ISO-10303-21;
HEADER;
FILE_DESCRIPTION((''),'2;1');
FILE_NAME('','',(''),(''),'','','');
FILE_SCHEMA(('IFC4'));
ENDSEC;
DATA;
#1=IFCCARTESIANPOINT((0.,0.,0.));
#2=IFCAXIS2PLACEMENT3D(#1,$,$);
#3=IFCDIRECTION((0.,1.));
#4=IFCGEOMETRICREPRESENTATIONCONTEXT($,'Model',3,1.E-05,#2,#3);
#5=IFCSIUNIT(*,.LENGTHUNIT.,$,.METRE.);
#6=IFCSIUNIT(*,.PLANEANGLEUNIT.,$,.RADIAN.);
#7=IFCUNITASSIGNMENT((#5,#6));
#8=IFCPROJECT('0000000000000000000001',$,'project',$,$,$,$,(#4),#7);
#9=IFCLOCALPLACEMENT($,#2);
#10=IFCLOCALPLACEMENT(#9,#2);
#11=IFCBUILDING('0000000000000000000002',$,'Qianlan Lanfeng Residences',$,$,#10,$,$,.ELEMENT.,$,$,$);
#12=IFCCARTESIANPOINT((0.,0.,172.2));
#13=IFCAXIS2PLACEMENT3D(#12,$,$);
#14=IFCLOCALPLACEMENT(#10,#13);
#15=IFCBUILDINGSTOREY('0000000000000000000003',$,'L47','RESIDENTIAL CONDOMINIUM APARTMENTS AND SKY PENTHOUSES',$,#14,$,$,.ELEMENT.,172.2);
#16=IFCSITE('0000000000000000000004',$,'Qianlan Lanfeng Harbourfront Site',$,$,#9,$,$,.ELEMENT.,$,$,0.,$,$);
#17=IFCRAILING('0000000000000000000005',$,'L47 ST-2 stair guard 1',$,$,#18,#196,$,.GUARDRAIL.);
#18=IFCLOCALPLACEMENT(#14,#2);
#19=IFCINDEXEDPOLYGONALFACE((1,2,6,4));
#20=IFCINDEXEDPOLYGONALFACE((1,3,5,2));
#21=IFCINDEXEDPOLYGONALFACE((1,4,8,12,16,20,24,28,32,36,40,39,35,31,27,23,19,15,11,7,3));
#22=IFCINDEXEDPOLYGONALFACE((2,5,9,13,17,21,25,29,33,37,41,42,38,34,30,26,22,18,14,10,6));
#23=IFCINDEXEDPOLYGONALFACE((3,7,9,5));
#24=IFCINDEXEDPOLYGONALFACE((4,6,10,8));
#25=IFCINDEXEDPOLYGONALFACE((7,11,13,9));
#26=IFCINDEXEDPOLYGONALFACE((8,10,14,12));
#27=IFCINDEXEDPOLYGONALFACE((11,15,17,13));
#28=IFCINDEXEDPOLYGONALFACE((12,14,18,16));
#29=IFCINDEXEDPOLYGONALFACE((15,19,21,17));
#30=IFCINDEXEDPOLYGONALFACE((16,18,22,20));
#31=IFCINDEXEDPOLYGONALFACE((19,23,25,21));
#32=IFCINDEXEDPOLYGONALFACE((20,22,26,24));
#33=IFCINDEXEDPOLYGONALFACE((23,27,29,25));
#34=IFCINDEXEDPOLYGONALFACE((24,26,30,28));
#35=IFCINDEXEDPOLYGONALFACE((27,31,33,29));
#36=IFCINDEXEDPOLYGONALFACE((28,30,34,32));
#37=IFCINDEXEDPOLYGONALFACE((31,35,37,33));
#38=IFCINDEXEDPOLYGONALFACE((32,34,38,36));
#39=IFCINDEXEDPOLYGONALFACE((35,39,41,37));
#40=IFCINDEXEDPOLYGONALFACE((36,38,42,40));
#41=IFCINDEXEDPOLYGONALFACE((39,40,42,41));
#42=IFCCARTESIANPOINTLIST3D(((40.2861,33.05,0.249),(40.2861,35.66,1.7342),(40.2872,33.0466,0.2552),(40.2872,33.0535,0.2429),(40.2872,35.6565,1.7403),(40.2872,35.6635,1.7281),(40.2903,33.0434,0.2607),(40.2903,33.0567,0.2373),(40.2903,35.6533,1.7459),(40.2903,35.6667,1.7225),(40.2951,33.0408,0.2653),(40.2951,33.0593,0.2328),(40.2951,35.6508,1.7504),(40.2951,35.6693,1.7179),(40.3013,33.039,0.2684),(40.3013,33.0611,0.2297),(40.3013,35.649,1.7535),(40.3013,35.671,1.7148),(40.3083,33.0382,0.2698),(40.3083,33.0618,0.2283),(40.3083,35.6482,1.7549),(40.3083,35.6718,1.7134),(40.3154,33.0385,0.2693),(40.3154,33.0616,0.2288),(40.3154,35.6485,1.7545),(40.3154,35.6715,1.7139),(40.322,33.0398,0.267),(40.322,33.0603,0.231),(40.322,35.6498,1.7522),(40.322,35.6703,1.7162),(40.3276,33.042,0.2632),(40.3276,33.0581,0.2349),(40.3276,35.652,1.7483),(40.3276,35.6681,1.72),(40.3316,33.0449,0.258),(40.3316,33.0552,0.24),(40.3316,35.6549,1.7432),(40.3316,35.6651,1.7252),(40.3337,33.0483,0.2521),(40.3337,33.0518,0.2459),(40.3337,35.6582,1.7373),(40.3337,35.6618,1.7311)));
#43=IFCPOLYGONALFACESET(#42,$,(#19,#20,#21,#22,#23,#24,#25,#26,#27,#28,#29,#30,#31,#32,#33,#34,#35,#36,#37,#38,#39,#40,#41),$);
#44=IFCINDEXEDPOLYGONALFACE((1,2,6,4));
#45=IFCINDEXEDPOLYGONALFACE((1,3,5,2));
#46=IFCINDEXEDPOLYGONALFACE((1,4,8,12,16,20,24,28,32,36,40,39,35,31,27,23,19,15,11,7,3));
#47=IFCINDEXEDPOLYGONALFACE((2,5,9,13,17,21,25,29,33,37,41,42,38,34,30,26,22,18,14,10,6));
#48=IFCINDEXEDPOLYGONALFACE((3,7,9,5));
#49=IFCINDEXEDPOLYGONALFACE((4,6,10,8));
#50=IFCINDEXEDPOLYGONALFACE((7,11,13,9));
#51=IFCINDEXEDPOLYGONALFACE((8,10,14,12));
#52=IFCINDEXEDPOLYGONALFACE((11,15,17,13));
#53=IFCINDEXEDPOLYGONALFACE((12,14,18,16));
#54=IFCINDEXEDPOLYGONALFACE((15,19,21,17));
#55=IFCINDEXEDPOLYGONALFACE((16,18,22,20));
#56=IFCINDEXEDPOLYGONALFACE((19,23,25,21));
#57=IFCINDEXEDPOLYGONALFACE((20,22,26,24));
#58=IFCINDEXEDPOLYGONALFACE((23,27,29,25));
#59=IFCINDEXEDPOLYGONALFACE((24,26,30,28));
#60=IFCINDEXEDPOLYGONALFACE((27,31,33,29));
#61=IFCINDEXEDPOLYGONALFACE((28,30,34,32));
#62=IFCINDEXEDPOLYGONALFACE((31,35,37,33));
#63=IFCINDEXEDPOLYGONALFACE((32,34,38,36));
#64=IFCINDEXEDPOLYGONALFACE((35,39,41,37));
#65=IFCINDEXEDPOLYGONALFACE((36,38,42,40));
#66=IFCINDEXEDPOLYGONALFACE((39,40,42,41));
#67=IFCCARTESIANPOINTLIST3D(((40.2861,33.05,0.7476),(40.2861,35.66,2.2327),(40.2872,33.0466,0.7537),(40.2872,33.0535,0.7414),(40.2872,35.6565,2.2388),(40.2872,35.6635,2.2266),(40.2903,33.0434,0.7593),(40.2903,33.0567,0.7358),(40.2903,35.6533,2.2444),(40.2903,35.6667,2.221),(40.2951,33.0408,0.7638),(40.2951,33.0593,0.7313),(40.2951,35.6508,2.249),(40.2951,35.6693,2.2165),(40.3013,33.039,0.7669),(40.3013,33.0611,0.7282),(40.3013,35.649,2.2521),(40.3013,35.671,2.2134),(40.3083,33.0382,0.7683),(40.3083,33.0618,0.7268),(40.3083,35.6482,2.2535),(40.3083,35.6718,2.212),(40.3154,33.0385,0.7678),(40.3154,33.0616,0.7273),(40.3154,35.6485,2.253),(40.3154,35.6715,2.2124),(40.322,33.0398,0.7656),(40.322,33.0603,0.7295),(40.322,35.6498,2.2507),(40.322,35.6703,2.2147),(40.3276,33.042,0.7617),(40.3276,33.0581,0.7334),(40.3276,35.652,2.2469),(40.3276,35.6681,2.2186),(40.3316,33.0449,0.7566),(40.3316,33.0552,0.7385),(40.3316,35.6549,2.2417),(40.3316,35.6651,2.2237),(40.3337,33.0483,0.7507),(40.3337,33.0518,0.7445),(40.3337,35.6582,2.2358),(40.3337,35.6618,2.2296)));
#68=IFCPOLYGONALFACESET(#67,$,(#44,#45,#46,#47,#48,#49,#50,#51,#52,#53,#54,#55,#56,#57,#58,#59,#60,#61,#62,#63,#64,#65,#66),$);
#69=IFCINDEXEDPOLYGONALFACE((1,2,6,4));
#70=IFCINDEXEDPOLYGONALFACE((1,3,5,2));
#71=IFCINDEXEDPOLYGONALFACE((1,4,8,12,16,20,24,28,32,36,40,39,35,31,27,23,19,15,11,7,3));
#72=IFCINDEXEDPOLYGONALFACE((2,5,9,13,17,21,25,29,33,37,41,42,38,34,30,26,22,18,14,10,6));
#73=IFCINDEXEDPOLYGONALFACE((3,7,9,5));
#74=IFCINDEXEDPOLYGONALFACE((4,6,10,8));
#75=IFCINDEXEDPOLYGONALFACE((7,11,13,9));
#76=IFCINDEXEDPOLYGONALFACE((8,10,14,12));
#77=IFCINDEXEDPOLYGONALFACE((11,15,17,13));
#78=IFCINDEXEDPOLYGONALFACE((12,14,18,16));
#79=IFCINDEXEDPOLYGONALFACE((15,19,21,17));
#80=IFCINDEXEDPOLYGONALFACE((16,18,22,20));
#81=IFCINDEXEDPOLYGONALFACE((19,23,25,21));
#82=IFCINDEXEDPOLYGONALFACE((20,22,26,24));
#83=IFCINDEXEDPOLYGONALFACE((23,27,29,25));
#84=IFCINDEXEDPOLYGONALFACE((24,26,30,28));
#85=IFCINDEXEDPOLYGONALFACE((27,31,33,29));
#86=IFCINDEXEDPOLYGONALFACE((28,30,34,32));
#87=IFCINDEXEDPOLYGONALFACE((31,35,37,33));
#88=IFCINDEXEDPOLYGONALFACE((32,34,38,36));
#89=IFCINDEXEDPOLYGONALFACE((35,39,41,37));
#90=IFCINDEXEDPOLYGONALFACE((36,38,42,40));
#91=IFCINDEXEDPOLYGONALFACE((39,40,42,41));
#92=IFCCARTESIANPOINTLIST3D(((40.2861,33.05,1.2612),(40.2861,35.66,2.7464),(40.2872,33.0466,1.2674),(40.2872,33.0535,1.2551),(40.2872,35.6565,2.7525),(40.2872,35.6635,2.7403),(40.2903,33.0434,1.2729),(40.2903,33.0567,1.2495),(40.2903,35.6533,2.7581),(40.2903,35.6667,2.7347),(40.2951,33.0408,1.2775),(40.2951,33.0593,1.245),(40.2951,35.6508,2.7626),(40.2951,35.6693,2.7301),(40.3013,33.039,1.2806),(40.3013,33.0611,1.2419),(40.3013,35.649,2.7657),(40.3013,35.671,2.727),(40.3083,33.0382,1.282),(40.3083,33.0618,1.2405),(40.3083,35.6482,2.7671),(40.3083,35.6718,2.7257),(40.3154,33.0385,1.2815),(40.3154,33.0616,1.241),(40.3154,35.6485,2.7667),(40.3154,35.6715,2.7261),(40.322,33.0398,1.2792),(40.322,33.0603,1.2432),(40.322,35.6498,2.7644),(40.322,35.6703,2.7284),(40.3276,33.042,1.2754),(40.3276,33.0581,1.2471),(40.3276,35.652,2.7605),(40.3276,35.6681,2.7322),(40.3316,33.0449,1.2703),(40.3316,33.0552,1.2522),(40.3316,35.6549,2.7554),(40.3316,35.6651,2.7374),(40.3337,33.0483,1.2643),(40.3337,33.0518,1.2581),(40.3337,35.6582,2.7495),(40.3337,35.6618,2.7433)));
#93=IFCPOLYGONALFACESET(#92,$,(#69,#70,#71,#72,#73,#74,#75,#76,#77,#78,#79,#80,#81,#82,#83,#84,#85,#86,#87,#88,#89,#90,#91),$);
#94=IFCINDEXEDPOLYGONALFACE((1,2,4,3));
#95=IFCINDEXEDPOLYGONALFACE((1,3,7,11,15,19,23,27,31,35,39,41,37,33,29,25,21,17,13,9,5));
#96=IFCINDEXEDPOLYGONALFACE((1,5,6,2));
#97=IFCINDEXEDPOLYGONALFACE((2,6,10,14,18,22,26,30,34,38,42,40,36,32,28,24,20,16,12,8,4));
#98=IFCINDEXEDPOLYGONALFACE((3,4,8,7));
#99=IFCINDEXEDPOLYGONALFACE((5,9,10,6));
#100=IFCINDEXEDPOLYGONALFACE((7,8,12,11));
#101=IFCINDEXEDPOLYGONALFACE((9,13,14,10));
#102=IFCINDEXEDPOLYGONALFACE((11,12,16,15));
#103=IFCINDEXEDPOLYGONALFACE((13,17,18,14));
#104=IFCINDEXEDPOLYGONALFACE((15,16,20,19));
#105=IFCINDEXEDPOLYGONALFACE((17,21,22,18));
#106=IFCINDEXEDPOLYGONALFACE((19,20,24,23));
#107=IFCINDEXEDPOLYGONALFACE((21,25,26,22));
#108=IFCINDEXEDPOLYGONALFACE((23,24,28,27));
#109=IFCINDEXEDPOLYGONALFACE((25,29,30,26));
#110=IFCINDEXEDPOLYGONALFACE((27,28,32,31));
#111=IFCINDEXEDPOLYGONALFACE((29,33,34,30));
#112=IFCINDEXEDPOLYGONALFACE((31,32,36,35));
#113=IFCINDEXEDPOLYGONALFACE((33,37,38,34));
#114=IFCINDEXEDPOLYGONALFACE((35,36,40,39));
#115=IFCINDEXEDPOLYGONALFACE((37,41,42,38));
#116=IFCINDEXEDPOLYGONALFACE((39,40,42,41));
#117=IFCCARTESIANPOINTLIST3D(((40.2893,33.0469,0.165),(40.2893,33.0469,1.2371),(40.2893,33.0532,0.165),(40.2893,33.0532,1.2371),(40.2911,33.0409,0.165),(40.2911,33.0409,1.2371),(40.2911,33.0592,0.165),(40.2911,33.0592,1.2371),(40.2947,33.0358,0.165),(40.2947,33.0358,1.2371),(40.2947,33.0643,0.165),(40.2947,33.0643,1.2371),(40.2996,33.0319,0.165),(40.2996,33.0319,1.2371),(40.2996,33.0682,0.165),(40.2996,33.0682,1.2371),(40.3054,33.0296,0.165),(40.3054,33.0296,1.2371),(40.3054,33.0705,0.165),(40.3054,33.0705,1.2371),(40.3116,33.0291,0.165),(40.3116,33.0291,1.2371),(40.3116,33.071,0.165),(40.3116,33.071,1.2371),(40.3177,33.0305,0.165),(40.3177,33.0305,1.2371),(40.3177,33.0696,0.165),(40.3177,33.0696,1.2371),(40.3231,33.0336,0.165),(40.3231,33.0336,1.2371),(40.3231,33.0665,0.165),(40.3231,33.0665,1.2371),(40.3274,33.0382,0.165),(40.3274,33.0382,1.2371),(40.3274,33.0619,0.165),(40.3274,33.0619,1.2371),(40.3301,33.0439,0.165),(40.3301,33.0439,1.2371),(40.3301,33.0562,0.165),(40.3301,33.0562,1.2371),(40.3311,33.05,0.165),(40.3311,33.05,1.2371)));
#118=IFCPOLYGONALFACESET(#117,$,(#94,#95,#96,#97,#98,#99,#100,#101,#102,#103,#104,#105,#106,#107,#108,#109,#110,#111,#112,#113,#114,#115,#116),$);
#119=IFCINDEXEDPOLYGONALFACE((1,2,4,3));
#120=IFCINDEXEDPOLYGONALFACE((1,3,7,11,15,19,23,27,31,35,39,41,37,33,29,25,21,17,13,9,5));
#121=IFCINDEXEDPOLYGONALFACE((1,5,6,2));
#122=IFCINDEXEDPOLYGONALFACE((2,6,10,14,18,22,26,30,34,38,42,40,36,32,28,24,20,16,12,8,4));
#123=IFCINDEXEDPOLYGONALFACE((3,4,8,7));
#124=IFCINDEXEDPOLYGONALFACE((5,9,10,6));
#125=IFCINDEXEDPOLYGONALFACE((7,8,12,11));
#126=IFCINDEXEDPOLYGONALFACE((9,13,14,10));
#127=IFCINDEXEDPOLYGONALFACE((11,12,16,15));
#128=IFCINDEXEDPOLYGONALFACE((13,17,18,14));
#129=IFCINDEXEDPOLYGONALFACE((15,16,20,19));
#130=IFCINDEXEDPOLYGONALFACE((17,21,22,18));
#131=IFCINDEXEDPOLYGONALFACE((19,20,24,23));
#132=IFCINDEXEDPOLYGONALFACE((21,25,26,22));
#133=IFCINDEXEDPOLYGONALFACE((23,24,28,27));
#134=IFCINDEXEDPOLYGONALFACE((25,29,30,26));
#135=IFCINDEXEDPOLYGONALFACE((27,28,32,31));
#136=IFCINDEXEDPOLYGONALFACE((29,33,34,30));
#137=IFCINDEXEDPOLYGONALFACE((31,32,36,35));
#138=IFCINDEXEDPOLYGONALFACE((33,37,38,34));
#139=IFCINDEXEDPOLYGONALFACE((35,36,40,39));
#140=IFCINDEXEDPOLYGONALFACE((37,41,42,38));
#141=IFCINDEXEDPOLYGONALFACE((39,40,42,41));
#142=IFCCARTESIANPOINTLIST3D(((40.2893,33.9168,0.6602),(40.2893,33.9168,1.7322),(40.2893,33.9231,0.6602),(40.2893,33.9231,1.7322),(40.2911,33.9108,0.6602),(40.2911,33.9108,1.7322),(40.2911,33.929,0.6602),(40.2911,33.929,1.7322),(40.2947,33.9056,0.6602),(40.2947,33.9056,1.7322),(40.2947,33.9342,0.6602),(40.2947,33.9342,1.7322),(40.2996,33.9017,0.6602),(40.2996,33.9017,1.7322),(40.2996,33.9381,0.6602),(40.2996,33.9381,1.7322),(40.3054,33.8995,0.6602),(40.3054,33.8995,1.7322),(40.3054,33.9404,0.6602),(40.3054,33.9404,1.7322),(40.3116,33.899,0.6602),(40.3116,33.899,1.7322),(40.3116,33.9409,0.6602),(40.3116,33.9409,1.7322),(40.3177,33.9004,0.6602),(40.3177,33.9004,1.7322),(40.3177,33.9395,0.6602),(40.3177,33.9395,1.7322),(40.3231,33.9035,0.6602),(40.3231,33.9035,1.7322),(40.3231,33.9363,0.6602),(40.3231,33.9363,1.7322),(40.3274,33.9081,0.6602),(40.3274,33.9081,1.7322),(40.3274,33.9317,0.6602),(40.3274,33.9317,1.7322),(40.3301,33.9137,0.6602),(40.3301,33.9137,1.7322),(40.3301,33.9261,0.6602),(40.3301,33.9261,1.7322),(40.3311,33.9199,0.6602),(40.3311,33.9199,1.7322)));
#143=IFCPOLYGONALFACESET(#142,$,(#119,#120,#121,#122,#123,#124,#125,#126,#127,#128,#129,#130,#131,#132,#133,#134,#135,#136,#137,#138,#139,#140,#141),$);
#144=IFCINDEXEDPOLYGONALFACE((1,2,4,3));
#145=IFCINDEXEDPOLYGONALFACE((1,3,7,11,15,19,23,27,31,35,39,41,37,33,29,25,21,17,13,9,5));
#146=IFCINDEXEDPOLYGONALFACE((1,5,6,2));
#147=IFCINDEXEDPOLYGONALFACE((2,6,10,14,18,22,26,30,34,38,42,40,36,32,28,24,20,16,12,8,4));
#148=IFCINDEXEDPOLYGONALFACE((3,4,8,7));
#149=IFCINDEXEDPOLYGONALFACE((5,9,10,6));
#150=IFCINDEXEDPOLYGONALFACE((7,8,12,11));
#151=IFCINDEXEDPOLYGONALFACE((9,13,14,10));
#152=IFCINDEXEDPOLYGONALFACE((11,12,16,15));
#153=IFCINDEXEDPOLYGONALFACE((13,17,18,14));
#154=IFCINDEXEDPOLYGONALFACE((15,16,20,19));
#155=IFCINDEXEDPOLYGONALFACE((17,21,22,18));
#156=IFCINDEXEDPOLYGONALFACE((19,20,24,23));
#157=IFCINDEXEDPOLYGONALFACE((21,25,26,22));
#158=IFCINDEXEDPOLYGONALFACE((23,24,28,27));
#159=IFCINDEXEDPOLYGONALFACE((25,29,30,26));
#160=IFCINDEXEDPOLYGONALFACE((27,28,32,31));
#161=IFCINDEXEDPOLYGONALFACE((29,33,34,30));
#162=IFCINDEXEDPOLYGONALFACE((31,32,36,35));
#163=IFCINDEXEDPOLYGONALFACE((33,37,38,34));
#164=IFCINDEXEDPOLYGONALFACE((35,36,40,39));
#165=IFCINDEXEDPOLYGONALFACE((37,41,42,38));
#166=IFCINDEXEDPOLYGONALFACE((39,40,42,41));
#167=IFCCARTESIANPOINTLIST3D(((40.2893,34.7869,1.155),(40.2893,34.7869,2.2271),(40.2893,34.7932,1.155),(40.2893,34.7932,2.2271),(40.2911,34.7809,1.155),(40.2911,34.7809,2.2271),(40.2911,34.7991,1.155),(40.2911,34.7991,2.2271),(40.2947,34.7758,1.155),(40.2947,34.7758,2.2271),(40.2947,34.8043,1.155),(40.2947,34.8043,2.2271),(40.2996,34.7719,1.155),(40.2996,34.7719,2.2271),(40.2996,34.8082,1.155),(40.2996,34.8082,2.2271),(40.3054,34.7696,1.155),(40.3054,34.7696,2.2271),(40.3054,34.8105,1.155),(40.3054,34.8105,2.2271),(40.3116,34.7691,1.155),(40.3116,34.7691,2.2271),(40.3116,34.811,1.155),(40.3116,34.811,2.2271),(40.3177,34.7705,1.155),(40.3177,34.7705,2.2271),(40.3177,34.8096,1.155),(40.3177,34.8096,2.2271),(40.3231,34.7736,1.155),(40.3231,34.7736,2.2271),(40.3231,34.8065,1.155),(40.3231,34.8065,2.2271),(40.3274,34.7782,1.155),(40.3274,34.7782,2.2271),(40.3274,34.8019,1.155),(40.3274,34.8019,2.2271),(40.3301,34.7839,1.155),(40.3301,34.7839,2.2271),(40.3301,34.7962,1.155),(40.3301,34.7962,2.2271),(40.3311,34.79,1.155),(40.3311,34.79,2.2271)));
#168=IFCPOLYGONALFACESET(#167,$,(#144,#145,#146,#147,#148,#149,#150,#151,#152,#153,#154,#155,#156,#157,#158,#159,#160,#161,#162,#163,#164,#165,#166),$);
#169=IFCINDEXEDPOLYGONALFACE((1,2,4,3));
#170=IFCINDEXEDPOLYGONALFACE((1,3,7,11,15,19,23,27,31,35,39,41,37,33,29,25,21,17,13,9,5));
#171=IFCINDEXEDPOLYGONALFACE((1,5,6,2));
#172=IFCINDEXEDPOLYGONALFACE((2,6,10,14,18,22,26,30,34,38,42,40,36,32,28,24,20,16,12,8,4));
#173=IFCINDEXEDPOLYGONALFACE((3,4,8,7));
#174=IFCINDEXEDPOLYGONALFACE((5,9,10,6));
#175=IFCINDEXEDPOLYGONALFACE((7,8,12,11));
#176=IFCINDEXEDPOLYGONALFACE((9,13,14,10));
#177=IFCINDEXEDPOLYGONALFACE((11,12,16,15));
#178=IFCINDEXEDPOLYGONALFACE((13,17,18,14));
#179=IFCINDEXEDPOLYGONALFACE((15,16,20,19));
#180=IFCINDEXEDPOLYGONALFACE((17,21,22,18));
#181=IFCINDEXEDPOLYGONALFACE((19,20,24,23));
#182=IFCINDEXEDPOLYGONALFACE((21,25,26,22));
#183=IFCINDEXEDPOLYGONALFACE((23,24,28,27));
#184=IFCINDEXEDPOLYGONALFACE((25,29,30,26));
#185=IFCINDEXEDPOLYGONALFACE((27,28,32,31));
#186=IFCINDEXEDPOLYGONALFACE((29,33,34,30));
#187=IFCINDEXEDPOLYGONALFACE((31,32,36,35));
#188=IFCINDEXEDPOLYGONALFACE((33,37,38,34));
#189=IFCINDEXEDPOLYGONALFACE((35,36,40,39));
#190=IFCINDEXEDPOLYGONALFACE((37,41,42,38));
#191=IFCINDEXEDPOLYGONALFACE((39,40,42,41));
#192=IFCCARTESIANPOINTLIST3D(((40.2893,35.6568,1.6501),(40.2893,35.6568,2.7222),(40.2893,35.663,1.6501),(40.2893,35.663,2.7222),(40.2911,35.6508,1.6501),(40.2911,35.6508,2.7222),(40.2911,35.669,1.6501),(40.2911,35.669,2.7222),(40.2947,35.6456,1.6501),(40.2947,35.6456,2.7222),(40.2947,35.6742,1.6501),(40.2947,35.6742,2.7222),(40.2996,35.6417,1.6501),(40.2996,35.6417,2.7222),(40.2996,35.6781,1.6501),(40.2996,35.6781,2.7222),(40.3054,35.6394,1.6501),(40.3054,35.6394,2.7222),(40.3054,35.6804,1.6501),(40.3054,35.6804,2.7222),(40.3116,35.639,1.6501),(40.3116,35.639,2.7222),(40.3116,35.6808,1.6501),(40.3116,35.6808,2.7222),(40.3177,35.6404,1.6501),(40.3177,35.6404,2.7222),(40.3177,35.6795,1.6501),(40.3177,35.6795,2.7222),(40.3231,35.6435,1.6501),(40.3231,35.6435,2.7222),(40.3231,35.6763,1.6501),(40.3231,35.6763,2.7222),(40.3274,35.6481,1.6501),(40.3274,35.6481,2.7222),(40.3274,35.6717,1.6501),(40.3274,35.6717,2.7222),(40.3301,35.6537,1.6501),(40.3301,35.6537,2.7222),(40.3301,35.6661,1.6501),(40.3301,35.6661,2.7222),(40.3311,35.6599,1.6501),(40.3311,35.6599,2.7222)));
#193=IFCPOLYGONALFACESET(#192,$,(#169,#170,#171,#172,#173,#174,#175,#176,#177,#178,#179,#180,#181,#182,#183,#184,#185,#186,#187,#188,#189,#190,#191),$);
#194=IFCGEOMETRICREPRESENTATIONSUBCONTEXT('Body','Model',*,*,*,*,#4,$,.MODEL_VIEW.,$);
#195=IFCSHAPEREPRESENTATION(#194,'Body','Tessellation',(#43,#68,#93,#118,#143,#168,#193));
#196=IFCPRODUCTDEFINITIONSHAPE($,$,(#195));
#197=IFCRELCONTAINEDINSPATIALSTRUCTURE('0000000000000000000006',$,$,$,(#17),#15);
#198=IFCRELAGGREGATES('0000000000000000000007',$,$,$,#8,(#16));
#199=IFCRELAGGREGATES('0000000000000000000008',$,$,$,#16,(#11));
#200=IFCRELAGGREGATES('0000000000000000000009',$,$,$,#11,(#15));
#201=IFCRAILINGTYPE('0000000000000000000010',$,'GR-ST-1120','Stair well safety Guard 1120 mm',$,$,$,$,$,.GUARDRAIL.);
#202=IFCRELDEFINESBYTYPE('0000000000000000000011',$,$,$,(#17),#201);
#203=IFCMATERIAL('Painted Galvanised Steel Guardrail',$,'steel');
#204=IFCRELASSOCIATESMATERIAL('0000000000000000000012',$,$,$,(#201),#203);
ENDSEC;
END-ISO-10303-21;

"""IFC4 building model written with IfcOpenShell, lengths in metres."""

from ifc_helpers import new_model, si_unit, direction, frame, origin, origin_2d, place, context, subcontext, project, spatial, circle, extrude, material, type_object, element, save


model = new_model("IFC4")

# Units and contexts
model_context = context("Model", 3, precision=1e-05, world=origin(), true_north=direction((0.0, 1.0)))
body_context = subcontext(model_context, "Body", "Model", "MODEL_VIEW")
ifc_project = project(units=[si_unit("LENGTHUNIT", "METRE"), si_unit("PLANEANGLEUNIT", "RADIAN")], contexts=[model_context])

# Site, building, storey
site_placement = place(None, origin())
site = spatial("IfcSite", under=ifc_project, at=site_placement, Name="Qianlan Lanfeng Harbourfront Site", CompositionType="ELEMENT", RefElevation=0.0)
building_placement = place(site_placement, origin())
building = spatial("IfcBuilding", under=site, at=building_placement, Name="Qianlan Lanfeng Residences", CompositionType="ELEMENT")
storey_placement = place(building_placement, frame((0.0, 0.0, 172.2)))
storey = spatial("IfcBuildingStorey", under=building, at=storey_placement, Name="L47", Description="RESIDENTIAL CONDOMINIUM APARTMENTS AND SKY PENTHOUSES", CompositionType="ELEMENT", Elevation=172.2)

# Railing
ifc_material_1 = material(Name="Painted Galvanised Steel Guardrail", Category="steel")
railing_type_1 = type_object("IfcRailingType", Name="GR-ST-1120", Description="Stair well safety Guard 1120 mm", PredefinedType="GUARDRAIL", material=ifc_material_1)
railing_1_placement = place(storey_placement, frame((40.3101, 33.05, 0.165)))
element("IfcRailing", 1, at=railing_1_placement, inside=storey, type_object=railing_type_1, Name="L47 ST-2 stair guard 1", PredefinedType="GUARDRAIL", context=body_context, shape_type="SweptSolid", body=[
    extrude(circle(Radius=0.0239, at=origin_2d()), frame((0.0, 0.0, 0.084), z_axis=(0.0, 0.869137, 0.494571), x_axis=(-1.0, 0.0, 0.0)), (0.0, 0.0, 1.0), 3.0029),
    extrude(circle(Radius=0.0239, at=origin_2d()), frame((0.0, 0.0, 0.5825), z_axis=(0.0, 0.869137, 0.494571), x_axis=(-1.0, 0.0, 0.0)), (0.0, 0.0, 1.0), 3.0029),
    extrude(circle(Radius=0.0239, at=origin_2d()), frame((0.0, 0.0, 1.0962), z_axis=(0.0, 0.869137, 0.494571), x_axis=(-1.0, 0.0, 0.0)), (0.0, 0.0, 1.0), 3.0029),
    extrude(circle(Radius=0.021, at=origin_2d()), origin(), (0.0, 0.0, 1.0), 1.072),
    extrude(circle(Radius=0.021, at=origin_2d()), frame((0.0, 0.8699, 0.4951)), (0.0, 0.0, 1.0), 1.072),
    extrude(circle(Radius=0.021, at=origin_2d()), frame((0.0, 1.74, 0.99)), (0.0, 0.0, 1.0), 1.072),
    extrude(circle(Radius=0.021, at=origin_2d()), frame((0.0, 2.6099, 1.4851)), (0.0, 0.0, 1.0), 1.072),
])

save(model, "model.ifc")
